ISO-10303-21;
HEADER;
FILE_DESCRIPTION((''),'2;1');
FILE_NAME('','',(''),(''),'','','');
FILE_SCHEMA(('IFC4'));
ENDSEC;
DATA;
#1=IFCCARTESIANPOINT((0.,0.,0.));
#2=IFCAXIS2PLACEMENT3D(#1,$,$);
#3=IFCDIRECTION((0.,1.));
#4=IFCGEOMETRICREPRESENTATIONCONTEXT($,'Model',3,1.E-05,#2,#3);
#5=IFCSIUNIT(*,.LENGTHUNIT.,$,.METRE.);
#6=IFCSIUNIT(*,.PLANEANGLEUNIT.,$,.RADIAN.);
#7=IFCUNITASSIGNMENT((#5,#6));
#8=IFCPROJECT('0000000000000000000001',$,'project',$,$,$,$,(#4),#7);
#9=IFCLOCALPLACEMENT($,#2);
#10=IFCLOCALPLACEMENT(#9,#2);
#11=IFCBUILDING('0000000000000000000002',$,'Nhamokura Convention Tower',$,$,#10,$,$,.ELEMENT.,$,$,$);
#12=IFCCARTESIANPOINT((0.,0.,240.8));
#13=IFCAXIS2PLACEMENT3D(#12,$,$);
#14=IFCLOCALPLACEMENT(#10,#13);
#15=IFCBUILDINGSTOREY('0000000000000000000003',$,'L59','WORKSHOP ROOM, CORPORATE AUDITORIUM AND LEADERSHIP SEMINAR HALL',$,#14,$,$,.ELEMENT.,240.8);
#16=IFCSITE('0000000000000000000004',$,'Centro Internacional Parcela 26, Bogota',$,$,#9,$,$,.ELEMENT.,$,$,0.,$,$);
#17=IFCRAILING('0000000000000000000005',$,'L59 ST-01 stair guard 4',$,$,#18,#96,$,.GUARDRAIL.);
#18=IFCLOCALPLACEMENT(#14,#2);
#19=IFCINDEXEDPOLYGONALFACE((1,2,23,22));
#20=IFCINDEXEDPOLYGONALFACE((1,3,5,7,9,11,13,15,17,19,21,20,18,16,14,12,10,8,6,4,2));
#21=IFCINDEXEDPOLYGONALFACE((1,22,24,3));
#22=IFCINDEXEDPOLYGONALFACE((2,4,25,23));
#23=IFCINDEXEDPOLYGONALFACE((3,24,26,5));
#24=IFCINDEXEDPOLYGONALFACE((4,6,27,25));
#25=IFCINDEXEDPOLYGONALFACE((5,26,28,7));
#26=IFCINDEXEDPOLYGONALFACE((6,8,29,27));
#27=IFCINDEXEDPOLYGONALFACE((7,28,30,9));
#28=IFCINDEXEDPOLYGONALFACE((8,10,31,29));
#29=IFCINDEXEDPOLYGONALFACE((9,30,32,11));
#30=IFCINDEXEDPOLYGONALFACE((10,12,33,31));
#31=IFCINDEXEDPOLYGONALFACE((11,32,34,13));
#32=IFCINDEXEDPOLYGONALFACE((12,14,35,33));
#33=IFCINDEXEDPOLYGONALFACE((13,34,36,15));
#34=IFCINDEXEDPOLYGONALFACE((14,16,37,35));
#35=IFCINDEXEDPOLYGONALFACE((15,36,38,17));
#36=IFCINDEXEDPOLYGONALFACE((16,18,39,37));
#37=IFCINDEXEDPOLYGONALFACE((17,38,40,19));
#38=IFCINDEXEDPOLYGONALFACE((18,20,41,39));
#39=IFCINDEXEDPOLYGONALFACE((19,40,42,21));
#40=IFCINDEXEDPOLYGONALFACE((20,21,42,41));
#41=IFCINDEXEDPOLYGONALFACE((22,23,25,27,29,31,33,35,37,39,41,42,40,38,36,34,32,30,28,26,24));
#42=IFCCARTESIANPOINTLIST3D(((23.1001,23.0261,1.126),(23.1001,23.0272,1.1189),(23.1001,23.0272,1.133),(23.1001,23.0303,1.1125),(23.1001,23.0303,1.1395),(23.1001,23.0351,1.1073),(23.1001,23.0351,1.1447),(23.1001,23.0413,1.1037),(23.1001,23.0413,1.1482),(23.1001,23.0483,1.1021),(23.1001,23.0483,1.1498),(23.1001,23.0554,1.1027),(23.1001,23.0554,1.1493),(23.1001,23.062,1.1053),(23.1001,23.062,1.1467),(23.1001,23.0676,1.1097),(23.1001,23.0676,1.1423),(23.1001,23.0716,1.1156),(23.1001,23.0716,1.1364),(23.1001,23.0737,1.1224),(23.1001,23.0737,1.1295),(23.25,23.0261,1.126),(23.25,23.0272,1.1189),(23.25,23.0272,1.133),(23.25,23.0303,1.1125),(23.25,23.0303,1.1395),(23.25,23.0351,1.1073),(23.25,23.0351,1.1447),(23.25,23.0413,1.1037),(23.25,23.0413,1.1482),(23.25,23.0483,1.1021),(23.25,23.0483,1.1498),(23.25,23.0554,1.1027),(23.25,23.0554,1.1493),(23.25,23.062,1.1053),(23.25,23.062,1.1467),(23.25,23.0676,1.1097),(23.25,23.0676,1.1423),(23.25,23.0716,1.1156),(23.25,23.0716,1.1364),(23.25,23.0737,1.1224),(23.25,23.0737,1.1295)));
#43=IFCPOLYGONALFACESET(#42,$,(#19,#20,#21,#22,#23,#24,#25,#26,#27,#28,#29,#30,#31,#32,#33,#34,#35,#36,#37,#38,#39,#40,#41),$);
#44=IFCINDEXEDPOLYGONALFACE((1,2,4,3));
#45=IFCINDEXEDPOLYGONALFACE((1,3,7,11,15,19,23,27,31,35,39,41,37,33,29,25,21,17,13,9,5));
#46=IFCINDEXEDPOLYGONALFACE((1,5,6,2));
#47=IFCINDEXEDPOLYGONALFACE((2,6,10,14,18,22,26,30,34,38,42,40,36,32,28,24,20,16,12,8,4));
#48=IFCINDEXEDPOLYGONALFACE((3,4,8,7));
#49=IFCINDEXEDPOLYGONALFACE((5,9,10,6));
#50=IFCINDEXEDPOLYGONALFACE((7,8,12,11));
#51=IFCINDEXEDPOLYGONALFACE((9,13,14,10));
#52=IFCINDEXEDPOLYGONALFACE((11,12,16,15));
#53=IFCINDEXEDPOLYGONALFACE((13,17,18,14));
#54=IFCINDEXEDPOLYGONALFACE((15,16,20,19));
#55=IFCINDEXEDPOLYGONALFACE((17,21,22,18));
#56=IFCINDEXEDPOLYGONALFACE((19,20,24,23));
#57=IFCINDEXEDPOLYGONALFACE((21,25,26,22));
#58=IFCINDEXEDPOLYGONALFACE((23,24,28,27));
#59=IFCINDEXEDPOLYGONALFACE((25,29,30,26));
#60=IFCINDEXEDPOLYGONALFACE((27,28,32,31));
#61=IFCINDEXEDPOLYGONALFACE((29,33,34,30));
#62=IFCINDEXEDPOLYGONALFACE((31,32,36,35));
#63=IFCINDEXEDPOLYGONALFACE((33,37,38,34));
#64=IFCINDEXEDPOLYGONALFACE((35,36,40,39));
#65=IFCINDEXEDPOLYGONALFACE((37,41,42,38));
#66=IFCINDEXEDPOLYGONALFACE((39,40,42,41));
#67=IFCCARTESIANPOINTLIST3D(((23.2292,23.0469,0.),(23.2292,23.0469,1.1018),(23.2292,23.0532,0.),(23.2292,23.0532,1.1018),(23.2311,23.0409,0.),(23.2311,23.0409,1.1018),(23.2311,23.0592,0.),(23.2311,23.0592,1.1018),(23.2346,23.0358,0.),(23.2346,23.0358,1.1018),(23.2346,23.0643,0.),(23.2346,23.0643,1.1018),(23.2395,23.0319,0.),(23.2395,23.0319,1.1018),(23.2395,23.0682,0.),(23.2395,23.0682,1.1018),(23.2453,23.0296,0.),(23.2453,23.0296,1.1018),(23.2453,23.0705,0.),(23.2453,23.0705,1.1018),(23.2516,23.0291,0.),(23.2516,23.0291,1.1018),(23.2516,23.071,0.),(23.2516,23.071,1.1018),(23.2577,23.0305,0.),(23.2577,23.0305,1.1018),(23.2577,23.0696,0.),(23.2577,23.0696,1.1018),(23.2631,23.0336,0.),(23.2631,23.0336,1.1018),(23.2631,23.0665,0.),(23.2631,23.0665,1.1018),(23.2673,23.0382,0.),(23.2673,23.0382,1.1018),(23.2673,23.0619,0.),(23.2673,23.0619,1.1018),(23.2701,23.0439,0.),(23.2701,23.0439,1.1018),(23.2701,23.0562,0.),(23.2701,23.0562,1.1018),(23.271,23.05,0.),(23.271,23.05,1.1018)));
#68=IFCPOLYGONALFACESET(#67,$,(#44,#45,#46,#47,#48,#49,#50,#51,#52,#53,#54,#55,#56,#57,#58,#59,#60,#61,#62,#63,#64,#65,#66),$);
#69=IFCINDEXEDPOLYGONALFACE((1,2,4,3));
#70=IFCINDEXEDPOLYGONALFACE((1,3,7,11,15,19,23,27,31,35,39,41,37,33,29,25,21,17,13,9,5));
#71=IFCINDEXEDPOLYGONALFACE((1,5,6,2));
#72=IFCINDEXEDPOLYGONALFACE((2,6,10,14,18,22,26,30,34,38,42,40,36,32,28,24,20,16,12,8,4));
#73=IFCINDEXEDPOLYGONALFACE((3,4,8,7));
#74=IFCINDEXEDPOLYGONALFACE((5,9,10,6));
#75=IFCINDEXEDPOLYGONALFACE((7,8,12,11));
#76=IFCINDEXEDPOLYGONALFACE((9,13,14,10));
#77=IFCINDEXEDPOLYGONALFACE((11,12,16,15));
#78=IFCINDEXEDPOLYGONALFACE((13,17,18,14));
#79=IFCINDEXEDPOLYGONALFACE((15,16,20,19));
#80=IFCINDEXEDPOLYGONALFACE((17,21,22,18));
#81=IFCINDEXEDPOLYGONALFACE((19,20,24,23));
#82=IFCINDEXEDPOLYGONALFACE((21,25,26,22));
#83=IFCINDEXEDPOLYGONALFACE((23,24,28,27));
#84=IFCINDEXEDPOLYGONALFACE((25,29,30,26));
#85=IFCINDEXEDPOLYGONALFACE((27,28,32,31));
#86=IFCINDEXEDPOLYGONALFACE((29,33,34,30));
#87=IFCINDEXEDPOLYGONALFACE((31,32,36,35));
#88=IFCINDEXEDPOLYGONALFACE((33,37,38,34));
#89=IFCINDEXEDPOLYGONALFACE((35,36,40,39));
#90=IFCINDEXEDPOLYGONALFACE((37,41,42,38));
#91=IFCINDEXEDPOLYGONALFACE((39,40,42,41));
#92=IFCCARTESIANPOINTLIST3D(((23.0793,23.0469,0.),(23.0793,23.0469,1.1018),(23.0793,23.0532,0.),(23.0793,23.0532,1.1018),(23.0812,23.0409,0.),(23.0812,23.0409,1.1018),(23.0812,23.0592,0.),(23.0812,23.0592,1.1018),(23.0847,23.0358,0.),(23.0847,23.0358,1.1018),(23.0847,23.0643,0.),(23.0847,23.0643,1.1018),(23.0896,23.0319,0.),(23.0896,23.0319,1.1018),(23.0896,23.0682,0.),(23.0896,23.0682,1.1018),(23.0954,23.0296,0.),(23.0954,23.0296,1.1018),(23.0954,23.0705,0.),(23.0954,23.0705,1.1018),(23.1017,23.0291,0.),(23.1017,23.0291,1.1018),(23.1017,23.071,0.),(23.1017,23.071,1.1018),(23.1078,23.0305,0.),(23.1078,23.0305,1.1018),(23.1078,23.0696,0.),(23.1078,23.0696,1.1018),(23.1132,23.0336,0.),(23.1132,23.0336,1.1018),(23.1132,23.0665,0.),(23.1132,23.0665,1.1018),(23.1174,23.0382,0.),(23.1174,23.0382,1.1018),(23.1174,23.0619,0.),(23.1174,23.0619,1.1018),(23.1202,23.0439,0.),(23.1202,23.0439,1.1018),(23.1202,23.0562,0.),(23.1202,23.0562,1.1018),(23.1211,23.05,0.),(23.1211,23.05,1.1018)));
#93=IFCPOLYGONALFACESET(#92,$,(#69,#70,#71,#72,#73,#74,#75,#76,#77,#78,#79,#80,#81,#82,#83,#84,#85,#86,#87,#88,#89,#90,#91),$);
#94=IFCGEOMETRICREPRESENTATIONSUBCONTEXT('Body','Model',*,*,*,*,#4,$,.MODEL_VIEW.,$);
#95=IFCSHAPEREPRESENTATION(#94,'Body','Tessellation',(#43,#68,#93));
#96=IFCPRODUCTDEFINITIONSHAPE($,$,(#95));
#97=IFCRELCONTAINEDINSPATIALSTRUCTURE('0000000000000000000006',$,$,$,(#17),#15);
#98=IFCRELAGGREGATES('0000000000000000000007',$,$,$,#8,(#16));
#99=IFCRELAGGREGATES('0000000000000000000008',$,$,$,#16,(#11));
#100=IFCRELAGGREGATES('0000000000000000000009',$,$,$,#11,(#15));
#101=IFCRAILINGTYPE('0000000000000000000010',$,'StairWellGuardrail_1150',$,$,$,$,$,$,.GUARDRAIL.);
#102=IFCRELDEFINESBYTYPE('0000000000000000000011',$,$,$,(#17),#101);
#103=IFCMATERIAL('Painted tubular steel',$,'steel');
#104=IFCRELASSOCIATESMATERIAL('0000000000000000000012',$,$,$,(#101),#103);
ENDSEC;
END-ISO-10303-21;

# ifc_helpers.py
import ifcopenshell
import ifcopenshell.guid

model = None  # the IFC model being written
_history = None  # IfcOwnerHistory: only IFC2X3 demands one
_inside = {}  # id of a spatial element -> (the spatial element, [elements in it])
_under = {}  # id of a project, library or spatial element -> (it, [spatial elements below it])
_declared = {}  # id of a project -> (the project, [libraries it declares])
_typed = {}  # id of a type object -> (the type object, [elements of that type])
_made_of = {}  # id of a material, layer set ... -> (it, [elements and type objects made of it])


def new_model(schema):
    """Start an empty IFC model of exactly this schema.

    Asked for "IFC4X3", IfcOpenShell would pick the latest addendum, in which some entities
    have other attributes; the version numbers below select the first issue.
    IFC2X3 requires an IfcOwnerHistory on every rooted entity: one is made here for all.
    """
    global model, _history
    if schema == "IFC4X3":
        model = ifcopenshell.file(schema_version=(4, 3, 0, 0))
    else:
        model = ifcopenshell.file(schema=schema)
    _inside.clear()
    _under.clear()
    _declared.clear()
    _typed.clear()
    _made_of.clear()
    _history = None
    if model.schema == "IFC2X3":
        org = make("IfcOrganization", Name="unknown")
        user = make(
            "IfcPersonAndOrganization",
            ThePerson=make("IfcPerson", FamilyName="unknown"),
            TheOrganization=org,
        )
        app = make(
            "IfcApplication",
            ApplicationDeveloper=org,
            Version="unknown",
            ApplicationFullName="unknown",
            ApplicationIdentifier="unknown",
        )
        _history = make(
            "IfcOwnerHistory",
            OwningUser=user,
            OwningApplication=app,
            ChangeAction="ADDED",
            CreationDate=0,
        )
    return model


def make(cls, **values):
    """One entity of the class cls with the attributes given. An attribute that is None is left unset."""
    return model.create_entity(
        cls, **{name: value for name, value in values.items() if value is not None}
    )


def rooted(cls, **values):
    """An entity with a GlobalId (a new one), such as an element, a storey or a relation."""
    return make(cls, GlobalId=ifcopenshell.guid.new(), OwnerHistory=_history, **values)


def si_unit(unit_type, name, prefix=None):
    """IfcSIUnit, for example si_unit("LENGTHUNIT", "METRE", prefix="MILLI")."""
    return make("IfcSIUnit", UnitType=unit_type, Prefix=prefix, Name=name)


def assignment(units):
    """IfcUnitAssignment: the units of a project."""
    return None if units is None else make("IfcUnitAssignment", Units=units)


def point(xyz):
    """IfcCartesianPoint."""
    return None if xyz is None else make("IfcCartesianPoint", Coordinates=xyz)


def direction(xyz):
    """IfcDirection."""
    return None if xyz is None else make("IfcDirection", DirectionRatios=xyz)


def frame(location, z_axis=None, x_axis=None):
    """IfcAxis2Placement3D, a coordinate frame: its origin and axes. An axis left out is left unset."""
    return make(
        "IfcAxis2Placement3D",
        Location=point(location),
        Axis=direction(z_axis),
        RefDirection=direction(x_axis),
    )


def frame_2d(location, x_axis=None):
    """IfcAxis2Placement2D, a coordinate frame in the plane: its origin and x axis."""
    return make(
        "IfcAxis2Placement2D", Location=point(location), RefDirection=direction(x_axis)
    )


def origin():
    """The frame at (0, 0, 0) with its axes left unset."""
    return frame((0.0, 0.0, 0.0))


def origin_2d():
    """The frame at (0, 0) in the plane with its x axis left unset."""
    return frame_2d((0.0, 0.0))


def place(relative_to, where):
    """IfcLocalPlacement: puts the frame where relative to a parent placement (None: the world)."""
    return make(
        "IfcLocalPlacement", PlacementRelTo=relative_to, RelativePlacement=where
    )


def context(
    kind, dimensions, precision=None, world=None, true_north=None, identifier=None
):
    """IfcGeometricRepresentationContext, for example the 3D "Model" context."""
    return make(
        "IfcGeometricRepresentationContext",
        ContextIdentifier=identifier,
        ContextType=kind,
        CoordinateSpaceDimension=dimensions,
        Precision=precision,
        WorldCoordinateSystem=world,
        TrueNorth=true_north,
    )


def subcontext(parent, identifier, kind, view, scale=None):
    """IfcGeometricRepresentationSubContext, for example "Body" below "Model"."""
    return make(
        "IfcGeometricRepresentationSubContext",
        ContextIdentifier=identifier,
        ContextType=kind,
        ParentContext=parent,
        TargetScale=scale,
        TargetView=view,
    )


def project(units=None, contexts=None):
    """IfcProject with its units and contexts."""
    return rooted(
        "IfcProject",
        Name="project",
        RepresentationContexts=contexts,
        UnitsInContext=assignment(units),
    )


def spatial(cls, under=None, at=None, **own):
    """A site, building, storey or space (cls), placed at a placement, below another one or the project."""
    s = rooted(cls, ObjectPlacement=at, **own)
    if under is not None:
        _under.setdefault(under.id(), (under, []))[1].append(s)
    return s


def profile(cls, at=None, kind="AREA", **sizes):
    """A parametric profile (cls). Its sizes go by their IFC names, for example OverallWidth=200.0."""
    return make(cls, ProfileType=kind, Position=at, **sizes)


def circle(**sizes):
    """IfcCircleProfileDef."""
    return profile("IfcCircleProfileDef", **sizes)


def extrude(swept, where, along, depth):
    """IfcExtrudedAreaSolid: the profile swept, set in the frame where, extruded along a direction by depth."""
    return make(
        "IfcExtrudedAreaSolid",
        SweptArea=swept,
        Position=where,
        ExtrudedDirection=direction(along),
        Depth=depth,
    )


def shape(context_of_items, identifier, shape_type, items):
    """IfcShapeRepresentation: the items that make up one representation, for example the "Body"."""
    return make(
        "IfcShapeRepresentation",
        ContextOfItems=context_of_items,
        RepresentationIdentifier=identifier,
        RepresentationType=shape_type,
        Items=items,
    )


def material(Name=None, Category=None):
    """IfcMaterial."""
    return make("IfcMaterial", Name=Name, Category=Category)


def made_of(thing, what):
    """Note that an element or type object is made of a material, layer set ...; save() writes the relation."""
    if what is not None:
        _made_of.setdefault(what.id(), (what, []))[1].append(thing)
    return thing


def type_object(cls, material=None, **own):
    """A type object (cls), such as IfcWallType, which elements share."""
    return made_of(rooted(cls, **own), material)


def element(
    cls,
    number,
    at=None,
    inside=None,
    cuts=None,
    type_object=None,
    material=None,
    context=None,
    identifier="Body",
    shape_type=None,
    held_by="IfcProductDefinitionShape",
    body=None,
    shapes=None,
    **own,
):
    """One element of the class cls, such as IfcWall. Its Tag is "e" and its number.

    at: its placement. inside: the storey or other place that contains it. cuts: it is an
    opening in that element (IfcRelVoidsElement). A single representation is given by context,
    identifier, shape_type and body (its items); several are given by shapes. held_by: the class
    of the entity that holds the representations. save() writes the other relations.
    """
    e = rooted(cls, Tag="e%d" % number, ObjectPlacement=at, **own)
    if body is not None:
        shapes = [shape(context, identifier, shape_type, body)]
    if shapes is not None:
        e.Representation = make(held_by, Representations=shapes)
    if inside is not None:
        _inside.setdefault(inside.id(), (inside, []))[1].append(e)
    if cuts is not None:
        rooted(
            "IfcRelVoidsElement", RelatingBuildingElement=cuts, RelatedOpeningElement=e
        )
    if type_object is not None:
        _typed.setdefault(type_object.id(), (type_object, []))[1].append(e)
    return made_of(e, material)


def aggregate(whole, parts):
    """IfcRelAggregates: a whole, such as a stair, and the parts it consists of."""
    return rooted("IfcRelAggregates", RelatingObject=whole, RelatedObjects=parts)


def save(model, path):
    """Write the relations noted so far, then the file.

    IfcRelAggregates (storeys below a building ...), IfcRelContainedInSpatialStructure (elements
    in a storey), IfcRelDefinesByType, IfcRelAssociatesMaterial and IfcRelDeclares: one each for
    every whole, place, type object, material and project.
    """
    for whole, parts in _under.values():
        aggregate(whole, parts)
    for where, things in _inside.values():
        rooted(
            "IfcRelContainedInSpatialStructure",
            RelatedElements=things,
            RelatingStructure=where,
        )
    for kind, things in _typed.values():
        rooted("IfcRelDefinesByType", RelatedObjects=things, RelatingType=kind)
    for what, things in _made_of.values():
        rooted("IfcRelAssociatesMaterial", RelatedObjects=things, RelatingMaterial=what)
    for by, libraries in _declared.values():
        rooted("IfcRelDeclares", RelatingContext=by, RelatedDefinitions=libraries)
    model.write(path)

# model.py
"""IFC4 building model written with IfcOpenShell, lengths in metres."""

from ifc_helpers import new_model, si_unit, direction, frame, origin, origin_2d, place, context, subcontext, project, spatial, circle, extrude, material, type_object, element, save


model = new_model("IFC4")

# Units and contexts
model_context = context("Model", 3, precision=1e-05, world=origin(), true_north=direction((0.0, 1.0)))
body_context = subcontext(model_context, "Body", "Model", "MODEL_VIEW")
ifc_project = project(units=[si_unit("LENGTHUNIT", "METRE"), si_unit("PLANEANGLEUNIT", "RADIAN")], contexts=[model_context])

# Site, building, storey
site_placement = place(None, origin())
site = spatial("IfcSite", under=ifc_project, at=site_placement, Name="Centro Internacional Parcela 26, Bogota", CompositionType="ELEMENT", RefElevation=0.0)
building_placement = place(site_placement, origin())
building = spatial("IfcBuilding", under=site, at=building_placement, Name="Nhamokura Convention Tower", CompositionType="ELEMENT")
storey_placement = place(building_placement, frame((0.0, 0.0, 240.8)))
storey = spatial("IfcBuildingStorey", under=building, at=storey_placement, Name="L59", Description="WORKSHOP ROOM, CORPORATE AUDITORIUM AND LEADERSHIP SEMINAR HALL", CompositionType="ELEMENT", Elevation=240.8)

# Railing
ifc_material_1 = material(Name="Painted tubular steel", Category="steel")
railing_type_1 = type_object("IfcRailingType", Name="StairWellGuardrail_1150", PredefinedType="GUARDRAIL", material=ifc_material_1)
railing_1_placement = place(storey_placement, frame((23.25, 23.05, 0.0)))
element("IfcRailing", 1, at=railing_1_placement, inside=storey, type_object=railing_type_1, Name="L59 ST-01 stair guard 4", PredefinedType="GUARDRAIL", context=body_context, shape_type="SweptSolid", body=[
    extrude(circle(Radius=0.0239, at=origin_2d()), frame((0.0, 0.0, 1.126), z_axis=(-1.0, 0.0, 0.0), x_axis=(0.0, -1.0, 0.0)), (0.0, 0.0, 1.0), 0.1499),
    extrude(circle(Radius=0.021, at=origin_2d()), origin(), (0.0, 0.0, 1.0), 1.1018),
    extrude(circle(Radius=0.021, at=origin_2d()), frame((-0.1499, 0.0, 0.0)), (0.0, 0.0, 1.0), 1.1018),
])

save(model, "model.ifc")
